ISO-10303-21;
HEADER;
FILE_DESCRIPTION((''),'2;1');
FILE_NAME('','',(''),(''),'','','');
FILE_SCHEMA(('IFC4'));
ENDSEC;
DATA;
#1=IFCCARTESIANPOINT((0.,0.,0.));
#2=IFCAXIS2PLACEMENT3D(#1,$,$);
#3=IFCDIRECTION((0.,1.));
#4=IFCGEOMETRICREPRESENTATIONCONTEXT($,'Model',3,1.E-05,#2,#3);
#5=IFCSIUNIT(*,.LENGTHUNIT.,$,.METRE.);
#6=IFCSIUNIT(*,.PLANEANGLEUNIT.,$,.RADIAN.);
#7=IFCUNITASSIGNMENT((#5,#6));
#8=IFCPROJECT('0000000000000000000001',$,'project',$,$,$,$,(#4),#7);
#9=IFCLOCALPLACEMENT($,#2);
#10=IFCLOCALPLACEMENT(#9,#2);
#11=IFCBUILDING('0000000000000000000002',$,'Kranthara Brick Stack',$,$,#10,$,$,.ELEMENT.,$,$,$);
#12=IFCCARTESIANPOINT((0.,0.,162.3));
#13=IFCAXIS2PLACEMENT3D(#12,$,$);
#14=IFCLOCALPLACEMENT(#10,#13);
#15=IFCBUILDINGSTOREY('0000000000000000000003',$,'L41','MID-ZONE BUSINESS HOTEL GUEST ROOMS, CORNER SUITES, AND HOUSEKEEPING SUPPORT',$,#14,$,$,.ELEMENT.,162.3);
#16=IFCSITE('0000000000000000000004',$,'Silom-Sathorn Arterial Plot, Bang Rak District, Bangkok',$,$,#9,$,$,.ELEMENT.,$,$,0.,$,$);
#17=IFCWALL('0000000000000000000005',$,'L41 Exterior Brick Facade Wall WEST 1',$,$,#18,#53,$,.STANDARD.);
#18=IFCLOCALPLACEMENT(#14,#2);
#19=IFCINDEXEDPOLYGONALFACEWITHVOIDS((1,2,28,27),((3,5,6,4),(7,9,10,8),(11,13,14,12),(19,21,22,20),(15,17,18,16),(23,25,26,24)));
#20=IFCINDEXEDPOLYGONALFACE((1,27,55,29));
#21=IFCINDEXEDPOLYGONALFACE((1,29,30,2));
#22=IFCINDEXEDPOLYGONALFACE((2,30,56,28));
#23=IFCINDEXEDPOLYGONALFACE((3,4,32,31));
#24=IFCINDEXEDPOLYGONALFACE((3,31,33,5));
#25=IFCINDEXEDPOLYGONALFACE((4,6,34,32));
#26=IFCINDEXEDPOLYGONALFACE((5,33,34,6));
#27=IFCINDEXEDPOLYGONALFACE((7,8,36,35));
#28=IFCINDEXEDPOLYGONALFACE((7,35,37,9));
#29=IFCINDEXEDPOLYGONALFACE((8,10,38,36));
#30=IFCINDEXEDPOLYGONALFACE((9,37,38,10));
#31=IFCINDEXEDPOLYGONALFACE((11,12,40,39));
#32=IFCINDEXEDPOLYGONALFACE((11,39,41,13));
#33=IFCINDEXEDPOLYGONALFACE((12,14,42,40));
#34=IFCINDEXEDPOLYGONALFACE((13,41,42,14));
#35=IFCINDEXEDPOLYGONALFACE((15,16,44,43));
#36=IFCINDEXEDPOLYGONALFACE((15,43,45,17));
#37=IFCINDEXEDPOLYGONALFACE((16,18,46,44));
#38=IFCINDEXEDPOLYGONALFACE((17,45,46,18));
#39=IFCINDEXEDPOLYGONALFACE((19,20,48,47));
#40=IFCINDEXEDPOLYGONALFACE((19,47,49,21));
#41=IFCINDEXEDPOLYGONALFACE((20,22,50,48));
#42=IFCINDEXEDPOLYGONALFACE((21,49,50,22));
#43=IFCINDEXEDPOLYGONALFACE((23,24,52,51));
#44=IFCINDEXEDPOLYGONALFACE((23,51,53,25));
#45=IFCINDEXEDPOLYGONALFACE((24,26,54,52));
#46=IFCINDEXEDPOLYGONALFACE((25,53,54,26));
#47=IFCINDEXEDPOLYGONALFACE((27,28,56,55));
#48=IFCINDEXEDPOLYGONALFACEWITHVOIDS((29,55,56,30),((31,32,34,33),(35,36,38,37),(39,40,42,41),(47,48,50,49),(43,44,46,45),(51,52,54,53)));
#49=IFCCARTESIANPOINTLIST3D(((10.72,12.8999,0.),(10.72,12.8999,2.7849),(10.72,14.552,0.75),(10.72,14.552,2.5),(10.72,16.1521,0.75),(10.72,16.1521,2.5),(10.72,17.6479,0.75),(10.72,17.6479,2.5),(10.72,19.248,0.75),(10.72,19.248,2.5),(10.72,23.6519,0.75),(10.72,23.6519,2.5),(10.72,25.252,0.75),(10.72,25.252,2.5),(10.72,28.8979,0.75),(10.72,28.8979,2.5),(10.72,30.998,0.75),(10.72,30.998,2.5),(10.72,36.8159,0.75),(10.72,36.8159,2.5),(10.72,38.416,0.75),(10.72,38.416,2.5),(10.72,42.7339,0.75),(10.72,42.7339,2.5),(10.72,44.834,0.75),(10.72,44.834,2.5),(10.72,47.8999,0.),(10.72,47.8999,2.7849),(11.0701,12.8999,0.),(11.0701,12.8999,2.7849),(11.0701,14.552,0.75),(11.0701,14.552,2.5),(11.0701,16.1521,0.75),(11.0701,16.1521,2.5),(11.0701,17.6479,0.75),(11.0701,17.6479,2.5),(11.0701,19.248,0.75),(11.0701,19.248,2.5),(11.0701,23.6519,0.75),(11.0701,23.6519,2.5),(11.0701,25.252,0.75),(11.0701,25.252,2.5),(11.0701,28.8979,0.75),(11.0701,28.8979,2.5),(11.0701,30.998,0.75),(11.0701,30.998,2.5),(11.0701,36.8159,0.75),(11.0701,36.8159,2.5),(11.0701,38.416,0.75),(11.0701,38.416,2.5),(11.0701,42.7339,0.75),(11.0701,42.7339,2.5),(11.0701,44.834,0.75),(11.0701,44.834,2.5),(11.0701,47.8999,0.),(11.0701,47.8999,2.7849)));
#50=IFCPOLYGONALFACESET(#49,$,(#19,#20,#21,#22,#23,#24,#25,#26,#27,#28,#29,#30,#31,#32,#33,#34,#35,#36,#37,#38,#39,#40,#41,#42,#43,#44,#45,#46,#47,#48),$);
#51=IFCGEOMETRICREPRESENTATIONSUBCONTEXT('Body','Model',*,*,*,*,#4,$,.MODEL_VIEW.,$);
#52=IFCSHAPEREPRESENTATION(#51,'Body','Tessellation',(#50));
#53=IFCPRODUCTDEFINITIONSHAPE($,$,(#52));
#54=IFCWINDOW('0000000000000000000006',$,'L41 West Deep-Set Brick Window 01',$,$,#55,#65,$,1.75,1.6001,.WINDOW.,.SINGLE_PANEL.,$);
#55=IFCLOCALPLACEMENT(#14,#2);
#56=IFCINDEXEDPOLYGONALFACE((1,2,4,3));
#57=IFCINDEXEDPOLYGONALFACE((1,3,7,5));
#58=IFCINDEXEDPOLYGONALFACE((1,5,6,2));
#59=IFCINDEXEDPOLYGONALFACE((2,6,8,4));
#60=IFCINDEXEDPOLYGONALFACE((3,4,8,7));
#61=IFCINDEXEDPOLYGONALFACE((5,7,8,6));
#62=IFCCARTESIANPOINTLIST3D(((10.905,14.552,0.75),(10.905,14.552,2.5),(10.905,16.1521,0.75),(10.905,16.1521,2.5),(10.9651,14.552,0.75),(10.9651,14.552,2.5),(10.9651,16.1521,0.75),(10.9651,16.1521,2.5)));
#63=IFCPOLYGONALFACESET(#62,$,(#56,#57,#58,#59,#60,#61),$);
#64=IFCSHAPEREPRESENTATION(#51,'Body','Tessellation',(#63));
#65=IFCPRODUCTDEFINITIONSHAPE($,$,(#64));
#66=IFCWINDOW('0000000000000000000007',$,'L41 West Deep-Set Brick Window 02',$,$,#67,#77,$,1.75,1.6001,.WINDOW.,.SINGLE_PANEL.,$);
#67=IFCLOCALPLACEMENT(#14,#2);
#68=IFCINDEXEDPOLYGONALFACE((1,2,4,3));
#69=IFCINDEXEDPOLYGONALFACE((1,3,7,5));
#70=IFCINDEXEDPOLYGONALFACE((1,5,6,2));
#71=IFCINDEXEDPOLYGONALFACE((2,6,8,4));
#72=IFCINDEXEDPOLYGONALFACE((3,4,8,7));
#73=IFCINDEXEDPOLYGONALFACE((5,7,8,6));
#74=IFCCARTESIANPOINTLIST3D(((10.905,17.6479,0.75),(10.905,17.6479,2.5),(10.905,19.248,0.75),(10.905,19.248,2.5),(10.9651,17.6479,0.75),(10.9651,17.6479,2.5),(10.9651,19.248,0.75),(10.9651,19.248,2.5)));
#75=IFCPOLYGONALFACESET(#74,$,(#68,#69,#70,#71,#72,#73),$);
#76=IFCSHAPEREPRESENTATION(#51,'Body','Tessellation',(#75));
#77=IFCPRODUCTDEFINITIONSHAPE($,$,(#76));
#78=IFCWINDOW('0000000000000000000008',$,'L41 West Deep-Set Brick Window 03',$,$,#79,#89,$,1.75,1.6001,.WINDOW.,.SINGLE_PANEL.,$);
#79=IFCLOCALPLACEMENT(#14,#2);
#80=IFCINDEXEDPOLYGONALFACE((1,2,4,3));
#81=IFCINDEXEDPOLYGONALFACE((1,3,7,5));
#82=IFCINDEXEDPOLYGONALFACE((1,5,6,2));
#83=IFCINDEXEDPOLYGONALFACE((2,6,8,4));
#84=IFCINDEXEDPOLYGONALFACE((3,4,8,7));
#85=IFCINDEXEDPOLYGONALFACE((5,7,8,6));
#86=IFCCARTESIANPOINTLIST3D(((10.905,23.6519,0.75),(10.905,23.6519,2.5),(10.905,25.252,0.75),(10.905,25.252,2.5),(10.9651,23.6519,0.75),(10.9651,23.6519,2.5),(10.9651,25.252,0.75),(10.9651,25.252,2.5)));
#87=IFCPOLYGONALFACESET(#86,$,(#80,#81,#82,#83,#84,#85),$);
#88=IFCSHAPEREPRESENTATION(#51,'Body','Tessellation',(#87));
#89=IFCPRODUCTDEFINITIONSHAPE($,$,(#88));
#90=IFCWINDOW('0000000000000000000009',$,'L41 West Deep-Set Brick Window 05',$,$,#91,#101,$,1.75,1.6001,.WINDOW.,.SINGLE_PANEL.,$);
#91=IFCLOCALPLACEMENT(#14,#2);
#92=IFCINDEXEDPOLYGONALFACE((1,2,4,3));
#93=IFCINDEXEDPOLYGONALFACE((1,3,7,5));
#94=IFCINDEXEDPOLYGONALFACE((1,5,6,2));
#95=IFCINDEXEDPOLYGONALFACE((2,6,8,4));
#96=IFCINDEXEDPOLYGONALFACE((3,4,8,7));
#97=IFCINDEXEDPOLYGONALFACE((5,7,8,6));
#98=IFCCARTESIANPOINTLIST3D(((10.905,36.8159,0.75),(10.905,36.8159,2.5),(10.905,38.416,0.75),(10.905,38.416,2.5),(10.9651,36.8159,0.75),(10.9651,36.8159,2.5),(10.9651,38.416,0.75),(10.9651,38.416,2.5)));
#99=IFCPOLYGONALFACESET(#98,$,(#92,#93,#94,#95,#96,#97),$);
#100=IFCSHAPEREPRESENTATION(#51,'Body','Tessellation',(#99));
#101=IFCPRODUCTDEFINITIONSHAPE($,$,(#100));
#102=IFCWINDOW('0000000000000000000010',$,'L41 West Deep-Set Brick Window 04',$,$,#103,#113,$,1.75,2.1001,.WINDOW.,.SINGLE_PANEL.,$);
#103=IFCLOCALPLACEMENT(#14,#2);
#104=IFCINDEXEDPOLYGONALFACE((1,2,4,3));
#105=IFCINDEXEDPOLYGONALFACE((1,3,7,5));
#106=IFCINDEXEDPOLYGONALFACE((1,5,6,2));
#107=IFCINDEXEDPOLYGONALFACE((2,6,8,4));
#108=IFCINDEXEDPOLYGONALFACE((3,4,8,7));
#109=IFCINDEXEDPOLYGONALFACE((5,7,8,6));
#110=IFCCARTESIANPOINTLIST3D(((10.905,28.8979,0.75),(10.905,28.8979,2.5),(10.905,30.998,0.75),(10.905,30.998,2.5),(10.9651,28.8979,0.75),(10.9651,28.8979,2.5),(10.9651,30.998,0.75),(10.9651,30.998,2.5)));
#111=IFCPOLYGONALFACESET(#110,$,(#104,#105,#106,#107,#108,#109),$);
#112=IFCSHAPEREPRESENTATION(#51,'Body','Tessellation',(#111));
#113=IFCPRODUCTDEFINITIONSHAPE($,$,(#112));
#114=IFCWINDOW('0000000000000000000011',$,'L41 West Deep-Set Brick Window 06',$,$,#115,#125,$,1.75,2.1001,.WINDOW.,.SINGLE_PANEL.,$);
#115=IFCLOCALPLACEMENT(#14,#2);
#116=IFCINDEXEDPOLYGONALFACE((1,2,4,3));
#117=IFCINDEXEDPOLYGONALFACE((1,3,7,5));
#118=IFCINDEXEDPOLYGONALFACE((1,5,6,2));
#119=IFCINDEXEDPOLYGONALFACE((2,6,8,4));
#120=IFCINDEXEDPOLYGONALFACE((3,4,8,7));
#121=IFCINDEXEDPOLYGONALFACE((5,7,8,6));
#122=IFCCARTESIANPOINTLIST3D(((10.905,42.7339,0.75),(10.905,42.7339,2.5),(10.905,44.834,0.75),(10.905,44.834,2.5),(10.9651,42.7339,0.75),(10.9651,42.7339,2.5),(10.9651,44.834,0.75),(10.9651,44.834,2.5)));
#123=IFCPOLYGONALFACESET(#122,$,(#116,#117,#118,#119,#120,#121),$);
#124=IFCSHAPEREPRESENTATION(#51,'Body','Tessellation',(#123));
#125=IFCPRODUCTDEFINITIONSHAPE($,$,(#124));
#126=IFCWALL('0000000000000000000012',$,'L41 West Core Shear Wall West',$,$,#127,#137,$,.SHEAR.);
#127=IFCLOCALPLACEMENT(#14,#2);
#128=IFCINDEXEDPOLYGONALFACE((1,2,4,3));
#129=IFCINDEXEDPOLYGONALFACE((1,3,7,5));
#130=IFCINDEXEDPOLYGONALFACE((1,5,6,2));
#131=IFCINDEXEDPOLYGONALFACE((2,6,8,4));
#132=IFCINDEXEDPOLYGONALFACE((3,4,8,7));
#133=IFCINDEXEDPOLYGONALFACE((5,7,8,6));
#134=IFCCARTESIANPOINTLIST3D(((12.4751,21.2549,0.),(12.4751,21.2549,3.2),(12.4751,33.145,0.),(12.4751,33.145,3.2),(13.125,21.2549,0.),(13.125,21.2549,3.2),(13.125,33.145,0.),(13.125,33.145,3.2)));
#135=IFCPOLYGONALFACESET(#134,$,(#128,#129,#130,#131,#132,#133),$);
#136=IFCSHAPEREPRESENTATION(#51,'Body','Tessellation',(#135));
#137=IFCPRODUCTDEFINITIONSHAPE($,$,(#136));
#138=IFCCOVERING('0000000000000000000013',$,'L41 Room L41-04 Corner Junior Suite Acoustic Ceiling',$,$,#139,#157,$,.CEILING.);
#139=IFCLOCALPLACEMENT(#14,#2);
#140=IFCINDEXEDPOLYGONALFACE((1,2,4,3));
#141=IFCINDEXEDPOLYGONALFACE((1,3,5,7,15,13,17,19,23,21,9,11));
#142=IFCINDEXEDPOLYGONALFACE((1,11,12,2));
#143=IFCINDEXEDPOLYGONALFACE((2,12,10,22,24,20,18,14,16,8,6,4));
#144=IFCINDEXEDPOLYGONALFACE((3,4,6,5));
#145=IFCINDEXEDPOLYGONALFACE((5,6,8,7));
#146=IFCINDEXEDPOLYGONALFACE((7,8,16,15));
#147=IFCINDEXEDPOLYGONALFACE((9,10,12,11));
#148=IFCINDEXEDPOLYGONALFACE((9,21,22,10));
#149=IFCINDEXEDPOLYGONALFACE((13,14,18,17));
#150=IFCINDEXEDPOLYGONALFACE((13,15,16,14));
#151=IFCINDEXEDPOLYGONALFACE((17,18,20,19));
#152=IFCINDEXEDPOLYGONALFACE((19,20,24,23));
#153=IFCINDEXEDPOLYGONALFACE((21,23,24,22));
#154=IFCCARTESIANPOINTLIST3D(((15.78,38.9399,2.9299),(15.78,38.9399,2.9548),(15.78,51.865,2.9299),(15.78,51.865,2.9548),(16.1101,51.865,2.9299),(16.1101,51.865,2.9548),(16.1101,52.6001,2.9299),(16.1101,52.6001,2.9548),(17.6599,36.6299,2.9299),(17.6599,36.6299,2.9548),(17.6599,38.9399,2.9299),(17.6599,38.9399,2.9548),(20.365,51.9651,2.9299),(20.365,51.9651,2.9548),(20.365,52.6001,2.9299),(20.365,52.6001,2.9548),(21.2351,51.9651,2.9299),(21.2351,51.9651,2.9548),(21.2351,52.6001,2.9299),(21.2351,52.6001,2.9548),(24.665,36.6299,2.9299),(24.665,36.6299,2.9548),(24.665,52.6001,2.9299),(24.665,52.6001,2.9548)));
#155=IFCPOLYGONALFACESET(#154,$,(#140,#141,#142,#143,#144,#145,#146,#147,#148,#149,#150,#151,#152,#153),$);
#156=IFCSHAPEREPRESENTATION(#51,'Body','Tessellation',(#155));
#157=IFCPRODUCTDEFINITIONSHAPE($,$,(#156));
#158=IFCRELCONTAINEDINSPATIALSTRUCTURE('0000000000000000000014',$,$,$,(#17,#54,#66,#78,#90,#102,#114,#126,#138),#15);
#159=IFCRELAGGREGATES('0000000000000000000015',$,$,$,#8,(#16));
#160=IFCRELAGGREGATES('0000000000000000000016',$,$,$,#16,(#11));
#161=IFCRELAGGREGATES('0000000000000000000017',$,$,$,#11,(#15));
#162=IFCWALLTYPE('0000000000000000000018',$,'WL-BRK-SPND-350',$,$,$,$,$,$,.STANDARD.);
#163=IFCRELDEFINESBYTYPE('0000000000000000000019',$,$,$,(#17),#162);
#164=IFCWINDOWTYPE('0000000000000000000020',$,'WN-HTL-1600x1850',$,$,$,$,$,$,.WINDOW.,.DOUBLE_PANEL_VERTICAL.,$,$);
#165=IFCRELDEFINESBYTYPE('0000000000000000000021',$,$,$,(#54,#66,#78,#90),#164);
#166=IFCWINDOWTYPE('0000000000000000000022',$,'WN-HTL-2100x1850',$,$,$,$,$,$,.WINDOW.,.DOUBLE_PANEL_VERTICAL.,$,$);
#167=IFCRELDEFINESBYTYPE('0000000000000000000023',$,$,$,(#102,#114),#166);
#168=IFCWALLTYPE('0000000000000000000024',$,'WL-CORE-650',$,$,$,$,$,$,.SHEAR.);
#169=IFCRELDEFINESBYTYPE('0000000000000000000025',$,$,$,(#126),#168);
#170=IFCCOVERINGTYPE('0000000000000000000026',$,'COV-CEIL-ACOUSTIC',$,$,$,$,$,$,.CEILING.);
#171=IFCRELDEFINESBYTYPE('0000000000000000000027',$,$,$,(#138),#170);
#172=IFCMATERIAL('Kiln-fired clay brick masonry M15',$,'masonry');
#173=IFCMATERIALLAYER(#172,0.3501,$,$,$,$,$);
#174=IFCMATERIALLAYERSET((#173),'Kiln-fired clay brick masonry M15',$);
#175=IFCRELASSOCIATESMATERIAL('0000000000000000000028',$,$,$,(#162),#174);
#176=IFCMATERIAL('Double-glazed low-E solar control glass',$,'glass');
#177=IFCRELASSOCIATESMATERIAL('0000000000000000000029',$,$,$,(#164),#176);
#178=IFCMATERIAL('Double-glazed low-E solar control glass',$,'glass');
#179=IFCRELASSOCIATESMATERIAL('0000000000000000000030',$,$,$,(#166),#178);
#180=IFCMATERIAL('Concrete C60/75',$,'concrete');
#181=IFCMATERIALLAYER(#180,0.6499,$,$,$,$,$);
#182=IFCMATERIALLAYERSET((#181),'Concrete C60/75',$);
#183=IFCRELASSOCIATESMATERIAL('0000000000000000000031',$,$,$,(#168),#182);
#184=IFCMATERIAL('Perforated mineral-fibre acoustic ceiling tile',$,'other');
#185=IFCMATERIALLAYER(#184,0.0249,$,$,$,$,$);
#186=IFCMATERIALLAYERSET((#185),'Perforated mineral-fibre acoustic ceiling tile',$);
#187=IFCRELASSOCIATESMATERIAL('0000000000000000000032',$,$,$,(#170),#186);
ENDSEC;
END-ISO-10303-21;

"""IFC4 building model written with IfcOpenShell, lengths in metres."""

from ifc_helpers import new_model, si_unit, direction, frame, frame_2d, origin, place, context, subcontext, project, spatial, polyline, rectangle, outline, extrude, material, layer, layer_set, type_object, element, fill, save


model = new_model("IFC4")

# Units and contexts
model_context = context("Model", 3, precision=1e-05, world=origin(), true_north=direction((0.0, 1.0)))
body_context = subcontext(model_context, "Body", "Model", "MODEL_VIEW")
ifc_project = project(units=[si_unit("LENGTHUNIT", "METRE"), si_unit("PLANEANGLEUNIT", "RADIAN")], contexts=[model_context])

# Site, building, storey
site_placement = place(None, origin())
site = spatial("IfcSite", under=ifc_project, at=site_placement, Name="Silom-Sathorn Arterial Plot, Bang Rak District, Bangkok", CompositionType="ELEMENT", RefElevation=0.0)
building_placement = place(site_placement, origin())
building = spatial("IfcBuilding", under=site, at=building_placement, Name="Kranthara Brick Stack", CompositionType="ELEMENT")
storey_placement = place(building_placement, frame((0.0, 0.0, 162.3)))
storey = spatial("IfcBuildingStorey", under=building, at=storey_placement, Name="L41", Description="MID-ZONE BUSINESS HOTEL GUEST ROOMS, CORNER SUITES, AND HOUSEKEEPING SUPPORT", CompositionType="ELEMENT", Elevation=162.3)

# Wall, openings, windows
ifc_material_1 = material(Name="Kiln-fired clay brick masonry M15", Category="masonry")
ifc_layer_1 = layer(ifc_material_1, 0.3501)
ifc_layer_set_1 = layer_set([ifc_layer_1], Name="Kiln-fired clay brick masonry M15")
wall_type_1 = type_object("IfcWallType", Name="WL-BRK-SPND-350", PredefinedType="STANDARD", material=ifc_layer_set_1)
wall_1_placement = place(storey_placement, frame((10.895, 12.8999, 0.0), z_axis=(0.0, 0.0, 1.0), x_axis=(0.0, 1.0, 0.0)))
wall_1 = element("IfcWall", 1, at=wall_1_placement, inside=storey, type_object=wall_type_1, Name="L41 Exterior Brick Facade Wall WEST 1", PredefinedType="STANDARD", context=body_context, shape_type="SweptSolid", body=[
    extrude(rectangle(XDim=35.0, YDim=0.3501, at=frame_2d((17.5, 0.0))), origin(), (0.0, 0.0, 1.0), 2.7849),
])
opening_1_placement = place(wall_1_placement, frame((1.6521, 0.0, 0.75)))
opening_1 = element("IfcOpeningElement", 2, at=opening_1_placement, cuts=wall_1, PredefinedType="OPENING", context=body_context, shape_type="SweptSolid", body=[
    extrude(rectangle(XDim=1.6001, YDim=1.75, at=frame_2d((0.8, 0.875))), frame((0.0, 0.1851, 0.0), z_axis=(0.0, -1.0, 0.0), x_axis=(1.0, 0.0, 0.0)), (0.0, 0.0, 1.0), 0.3701),
])
opening_2_placement = place(wall_1_placement, frame((4.748, 0.0, 0.75)))
opening_2 = element("IfcOpeningElement", 3, at=opening_2_placement, cuts=wall_1, PredefinedType="OPENING", context=body_context, shape_type="SweptSolid", body=[
    extrude(rectangle(XDim=1.6001, YDim=1.75, at=frame_2d((0.8, 0.875))), frame((0.0, 0.1851, 0.0), z_axis=(0.0, -1.0, 0.0), x_axis=(1.0, 0.0, 0.0)), (0.0, 0.0, 1.0), 0.3701),
])
opening_3_placement = place(wall_1_placement, frame((10.752, 0.0, 0.75)))
opening_3 = element("IfcOpeningElement", 4, at=opening_3_placement, cuts=wall_1, PredefinedType="OPENING", context=body_context, shape_type="SweptSolid", body=[
    extrude(rectangle(XDim=1.6001, YDim=1.75, at=frame_2d((0.8, 0.875))), frame((0.0, 0.1851, 0.0), z_axis=(0.0, -1.0, 0.0), x_axis=(1.0, 0.0, 0.0)), (0.0, 0.0, 1.0), 0.3701),
])
opening_4_placement = place(wall_1_placement, frame((15.998, 0.0, 0.75)))
opening_4 = element("IfcOpeningElement", 5, at=opening_4_placement, cuts=wall_1, PredefinedType="OPENING", context=body_context, shape_type="SweptSolid", body=[
    extrude(rectangle(XDim=2.1001, YDim=1.75, at=frame_2d((1.05, 0.875))), frame((0.0, 0.1851, 0.0), z_axis=(0.0, -1.0, 0.0), x_axis=(1.0, 0.0, 0.0)), (0.0, 0.0, 1.0), 0.3701),
])
opening_5_placement = place(wall_1_placement, frame((23.916, 0.0, 0.75)))
opening_5 = element("IfcOpeningElement", 6, at=opening_5_placement, cuts=wall_1, PredefinedType="OPENING", context=body_context, shape_type="SweptSolid", body=[
    extrude(rectangle(XDim=1.6001, YDim=1.75, at=frame_2d((0.8, 0.875))), frame((0.0, 0.1851, 0.0), z_axis=(0.0, -1.0, 0.0), x_axis=(1.0, 0.0, 0.0)), (0.0, 0.0, 1.0), 0.3701),
])
opening_6_placement = place(wall_1_placement, frame((29.834, 0.0, 0.75)))
opening_6 = element("IfcOpeningElement", 7, at=opening_6_placement, cuts=wall_1, PredefinedType="OPENING", context=body_context, shape_type="SweptSolid", body=[
    extrude(rectangle(XDim=2.1001, YDim=1.75, at=frame_2d((1.05, 0.875))), frame((0.0, 0.1851, 0.0), z_axis=(0.0, -1.0, 0.0), x_axis=(1.0, 0.0, 0.0)), (0.0, 0.0, 1.0), 0.3701),
])
ifc_material_2 = material(Name="Double-glazed low-E solar control glass", Category="glass")
window_type_1 = type_object("IfcWindowType", Name="WN-HTL-1600x1850", PartitioningType="DOUBLE_PANEL_VERTICAL", PredefinedType="WINDOW", material=ifc_material_2)
window_1_placement = place(opening_1_placement, origin())
window_1 = element("IfcWindow", 8, at=window_1_placement, inside=storey, type_object=window_type_1, Name="L41 West Deep-Set Brick Window 01", OverallHeight=1.75, OverallWidth=1.6001, PartitioningType="SINGLE_PANEL", PredefinedType="WINDOW", context=body_context, shape_type="SweptSolid", body=[
    extrude(rectangle(XDim=1.6001, YDim=1.75, at=frame_2d((0.8, 0.875))), frame((0.0, -0.01, 0.0), z_axis=(0.0, -1.0, 0.0), x_axis=(1.0, 0.0, 0.0)), (0.0, 0.0, 1.0), 0.0601),
])
fill(opening_1, window_1)
window_2_placement = place(opening_2_placement, origin())
window_2 = element("IfcWindow", 9, at=window_2_placement, inside=storey, type_object=window_type_1, Name="L41 West Deep-Set Brick Window 02", OverallHeight=1.75, OverallWidth=1.6001, PartitioningType="SINGLE_PANEL", PredefinedType="WINDOW", context=body_context, shape_type="SweptSolid", body=[
    extrude(rectangle(XDim=1.6001, YDim=1.75, at=frame_2d((0.8, 0.875))), frame((0.0, -0.01, 0.0), z_axis=(0.0, -1.0, 0.0), x_axis=(1.0, 0.0, 0.0)), (0.0, 0.0, 1.0), 0.0601),
])
fill(opening_2, window_2)
window_3_placement = place(opening_3_placement, origin())
window_3 = element("IfcWindow", 10, at=window_3_placement, inside=storey, type_object=window_type_1, Name="L41 West Deep-Set Brick Window 03", OverallHeight=1.75, OverallWidth=1.6001, PartitioningType="SINGLE_PANEL", PredefinedType="WINDOW", context=body_context, shape_type="SweptSolid", body=[
    extrude(rectangle(XDim=1.6001, YDim=1.75, at=frame_2d((0.8, 0.875))), frame((0.0, -0.01, 0.0), z_axis=(0.0, -1.0, 0.0), x_axis=(1.0, 0.0, 0.0)), (0.0, 0.0, 1.0), 0.0601),
])
fill(opening_3, window_3)
window_4_placement = place(opening_5_placement, origin())
window_4 = element("IfcWindow", 11, at=window_4_placement, inside=storey, type_object=window_type_1, Name="L41 West Deep-Set Brick Window 05", OverallHeight=1.75, OverallWidth=1.6001, PartitioningType="SINGLE_PANEL", PredefinedType="WINDOW", context=body_context, shape_type="SweptSolid", body=[
    extrude(rectangle(XDim=1.6001, YDim=1.75, at=frame_2d((0.8, 0.875))), frame((0.0, -0.01, 0.0), z_axis=(0.0, -1.0, 0.0), x_axis=(1.0, 0.0, 0.0)), (0.0, 0.0, 1.0), 0.0601),
])
fill(opening_5, window_4)
ifc_material_3 = material(Name="Double-glazed low-E solar control glass", Category="glass")
window_type_2 = type_object("IfcWindowType", Name="WN-HTL-2100x1850", PartitioningType="DOUBLE_PANEL_VERTICAL", PredefinedType="WINDOW", material=ifc_material_3)
window_5_placement = place(opening_4_placement, origin())
window_5 = element("IfcWindow", 12, at=window_5_placement, inside=storey, type_object=window_type_2, Name="L41 West Deep-Set Brick Window 04", OverallHeight=1.75, OverallWidth=2.1001, PartitioningType="SINGLE_PANEL", PredefinedType="WINDOW", context=body_context, shape_type="SweptSolid", body=[
    extrude(rectangle(XDim=2.1001, YDim=1.75, at=frame_2d((1.05, 0.875))), frame((0.0, -0.01, 0.0), z_axis=(0.0, -1.0, 0.0), x_axis=(1.0, 0.0, 0.0)), (0.0, 0.0, 1.0), 0.0601),
])
fill(opening_4, window_5)
window_6_placement = place(opening_6_placement, origin())
window_6 = element("IfcWindow", 13, at=window_6_placement, inside=storey, type_object=window_type_2, Name="L41 West Deep-Set Brick Window 06", OverallHeight=1.75, OverallWidth=2.1001, PartitioningType="SINGLE_PANEL", PredefinedType="WINDOW", context=body_context, shape_type="SweptSolid", body=[
    extrude(rectangle(XDim=2.1001, YDim=1.75, at=frame_2d((1.05, 0.875))), frame((0.0, -0.01, 0.0), z_axis=(0.0, -1.0, 0.0), x_axis=(1.0, 0.0, 0.0)), (0.0, 0.0, 1.0), 0.0601),
])
fill(opening_6, window_6)

# Wall
ifc_material_4 = material(Name="Concrete C60/75", Category="concrete")
ifc_layer_2 = layer(ifc_material_4, 0.6499)
ifc_layer_set_2 = layer_set([ifc_layer_2], Name="Concrete C60/75")
wall_type_2 = type_object("IfcWallType", Name="WL-CORE-650", PredefinedType="SHEAR", material=ifc_layer_set_2)
wall_2_placement = place(storey_placement, frame((12.8, 21.2549, 0.0), z_axis=(0.0, 0.0, 1.0), x_axis=(0.0, 1.0, 0.0)))
element("IfcWall", 14, at=wall_2_placement, inside=storey, type_object=wall_type_2, Name="L41 West Core Shear Wall West", PredefinedType="SHEAR", context=body_context, shape_type="SweptSolid", body=[
    extrude(rectangle(XDim=11.8901, YDim=0.6499, at=frame_2d((5.9451, 0.0))), origin(), (0.0, 0.0, 1.0), 3.2),
])

# Covering
ifc_material_5 = material(Name="Perforated mineral-fibre acoustic ceiling tile", Category="other")
ifc_layer_3 = layer(ifc_material_5, 0.0249)
ifc_layer_set_3 = layer_set([ifc_layer_3], Name="Perforated mineral-fibre acoustic ceiling tile")
covering_type_1 = type_object("IfcCoveringType", Name="COV-CEIL-ACOUSTIC", PredefinedType="CEILING", material=ifc_layer_set_3)
covering_1_placement = place(storey_placement, frame((0.0, 0.0, 2.9299)))
element("IfcCovering", 15, at=covering_1_placement, inside=storey, type_object=covering_type_1, Name="L41 Room L41-04 Corner Junior Suite Acoustic Ceiling", PredefinedType="CEILING", context=body_context, shape_type="SweptSolid", body=[
    extrude(outline(polyline([(24.665, 36.6299), (17.6599, 36.6299), (17.6599, 38.9399), (15.78, 38.9399), (15.78, 51.865), (16.1101, 51.865), (16.1101, 52.6001), (20.365, 52.6001), (20.365, 51.9651), (21.2351, 51.9651), (21.2351, 52.6001), (24.665, 52.6001), (24.665, 36.6299)])), origin(), (0.0, 0.0, 1.0), 0.0249),
])

save(model, "model.ifc")
